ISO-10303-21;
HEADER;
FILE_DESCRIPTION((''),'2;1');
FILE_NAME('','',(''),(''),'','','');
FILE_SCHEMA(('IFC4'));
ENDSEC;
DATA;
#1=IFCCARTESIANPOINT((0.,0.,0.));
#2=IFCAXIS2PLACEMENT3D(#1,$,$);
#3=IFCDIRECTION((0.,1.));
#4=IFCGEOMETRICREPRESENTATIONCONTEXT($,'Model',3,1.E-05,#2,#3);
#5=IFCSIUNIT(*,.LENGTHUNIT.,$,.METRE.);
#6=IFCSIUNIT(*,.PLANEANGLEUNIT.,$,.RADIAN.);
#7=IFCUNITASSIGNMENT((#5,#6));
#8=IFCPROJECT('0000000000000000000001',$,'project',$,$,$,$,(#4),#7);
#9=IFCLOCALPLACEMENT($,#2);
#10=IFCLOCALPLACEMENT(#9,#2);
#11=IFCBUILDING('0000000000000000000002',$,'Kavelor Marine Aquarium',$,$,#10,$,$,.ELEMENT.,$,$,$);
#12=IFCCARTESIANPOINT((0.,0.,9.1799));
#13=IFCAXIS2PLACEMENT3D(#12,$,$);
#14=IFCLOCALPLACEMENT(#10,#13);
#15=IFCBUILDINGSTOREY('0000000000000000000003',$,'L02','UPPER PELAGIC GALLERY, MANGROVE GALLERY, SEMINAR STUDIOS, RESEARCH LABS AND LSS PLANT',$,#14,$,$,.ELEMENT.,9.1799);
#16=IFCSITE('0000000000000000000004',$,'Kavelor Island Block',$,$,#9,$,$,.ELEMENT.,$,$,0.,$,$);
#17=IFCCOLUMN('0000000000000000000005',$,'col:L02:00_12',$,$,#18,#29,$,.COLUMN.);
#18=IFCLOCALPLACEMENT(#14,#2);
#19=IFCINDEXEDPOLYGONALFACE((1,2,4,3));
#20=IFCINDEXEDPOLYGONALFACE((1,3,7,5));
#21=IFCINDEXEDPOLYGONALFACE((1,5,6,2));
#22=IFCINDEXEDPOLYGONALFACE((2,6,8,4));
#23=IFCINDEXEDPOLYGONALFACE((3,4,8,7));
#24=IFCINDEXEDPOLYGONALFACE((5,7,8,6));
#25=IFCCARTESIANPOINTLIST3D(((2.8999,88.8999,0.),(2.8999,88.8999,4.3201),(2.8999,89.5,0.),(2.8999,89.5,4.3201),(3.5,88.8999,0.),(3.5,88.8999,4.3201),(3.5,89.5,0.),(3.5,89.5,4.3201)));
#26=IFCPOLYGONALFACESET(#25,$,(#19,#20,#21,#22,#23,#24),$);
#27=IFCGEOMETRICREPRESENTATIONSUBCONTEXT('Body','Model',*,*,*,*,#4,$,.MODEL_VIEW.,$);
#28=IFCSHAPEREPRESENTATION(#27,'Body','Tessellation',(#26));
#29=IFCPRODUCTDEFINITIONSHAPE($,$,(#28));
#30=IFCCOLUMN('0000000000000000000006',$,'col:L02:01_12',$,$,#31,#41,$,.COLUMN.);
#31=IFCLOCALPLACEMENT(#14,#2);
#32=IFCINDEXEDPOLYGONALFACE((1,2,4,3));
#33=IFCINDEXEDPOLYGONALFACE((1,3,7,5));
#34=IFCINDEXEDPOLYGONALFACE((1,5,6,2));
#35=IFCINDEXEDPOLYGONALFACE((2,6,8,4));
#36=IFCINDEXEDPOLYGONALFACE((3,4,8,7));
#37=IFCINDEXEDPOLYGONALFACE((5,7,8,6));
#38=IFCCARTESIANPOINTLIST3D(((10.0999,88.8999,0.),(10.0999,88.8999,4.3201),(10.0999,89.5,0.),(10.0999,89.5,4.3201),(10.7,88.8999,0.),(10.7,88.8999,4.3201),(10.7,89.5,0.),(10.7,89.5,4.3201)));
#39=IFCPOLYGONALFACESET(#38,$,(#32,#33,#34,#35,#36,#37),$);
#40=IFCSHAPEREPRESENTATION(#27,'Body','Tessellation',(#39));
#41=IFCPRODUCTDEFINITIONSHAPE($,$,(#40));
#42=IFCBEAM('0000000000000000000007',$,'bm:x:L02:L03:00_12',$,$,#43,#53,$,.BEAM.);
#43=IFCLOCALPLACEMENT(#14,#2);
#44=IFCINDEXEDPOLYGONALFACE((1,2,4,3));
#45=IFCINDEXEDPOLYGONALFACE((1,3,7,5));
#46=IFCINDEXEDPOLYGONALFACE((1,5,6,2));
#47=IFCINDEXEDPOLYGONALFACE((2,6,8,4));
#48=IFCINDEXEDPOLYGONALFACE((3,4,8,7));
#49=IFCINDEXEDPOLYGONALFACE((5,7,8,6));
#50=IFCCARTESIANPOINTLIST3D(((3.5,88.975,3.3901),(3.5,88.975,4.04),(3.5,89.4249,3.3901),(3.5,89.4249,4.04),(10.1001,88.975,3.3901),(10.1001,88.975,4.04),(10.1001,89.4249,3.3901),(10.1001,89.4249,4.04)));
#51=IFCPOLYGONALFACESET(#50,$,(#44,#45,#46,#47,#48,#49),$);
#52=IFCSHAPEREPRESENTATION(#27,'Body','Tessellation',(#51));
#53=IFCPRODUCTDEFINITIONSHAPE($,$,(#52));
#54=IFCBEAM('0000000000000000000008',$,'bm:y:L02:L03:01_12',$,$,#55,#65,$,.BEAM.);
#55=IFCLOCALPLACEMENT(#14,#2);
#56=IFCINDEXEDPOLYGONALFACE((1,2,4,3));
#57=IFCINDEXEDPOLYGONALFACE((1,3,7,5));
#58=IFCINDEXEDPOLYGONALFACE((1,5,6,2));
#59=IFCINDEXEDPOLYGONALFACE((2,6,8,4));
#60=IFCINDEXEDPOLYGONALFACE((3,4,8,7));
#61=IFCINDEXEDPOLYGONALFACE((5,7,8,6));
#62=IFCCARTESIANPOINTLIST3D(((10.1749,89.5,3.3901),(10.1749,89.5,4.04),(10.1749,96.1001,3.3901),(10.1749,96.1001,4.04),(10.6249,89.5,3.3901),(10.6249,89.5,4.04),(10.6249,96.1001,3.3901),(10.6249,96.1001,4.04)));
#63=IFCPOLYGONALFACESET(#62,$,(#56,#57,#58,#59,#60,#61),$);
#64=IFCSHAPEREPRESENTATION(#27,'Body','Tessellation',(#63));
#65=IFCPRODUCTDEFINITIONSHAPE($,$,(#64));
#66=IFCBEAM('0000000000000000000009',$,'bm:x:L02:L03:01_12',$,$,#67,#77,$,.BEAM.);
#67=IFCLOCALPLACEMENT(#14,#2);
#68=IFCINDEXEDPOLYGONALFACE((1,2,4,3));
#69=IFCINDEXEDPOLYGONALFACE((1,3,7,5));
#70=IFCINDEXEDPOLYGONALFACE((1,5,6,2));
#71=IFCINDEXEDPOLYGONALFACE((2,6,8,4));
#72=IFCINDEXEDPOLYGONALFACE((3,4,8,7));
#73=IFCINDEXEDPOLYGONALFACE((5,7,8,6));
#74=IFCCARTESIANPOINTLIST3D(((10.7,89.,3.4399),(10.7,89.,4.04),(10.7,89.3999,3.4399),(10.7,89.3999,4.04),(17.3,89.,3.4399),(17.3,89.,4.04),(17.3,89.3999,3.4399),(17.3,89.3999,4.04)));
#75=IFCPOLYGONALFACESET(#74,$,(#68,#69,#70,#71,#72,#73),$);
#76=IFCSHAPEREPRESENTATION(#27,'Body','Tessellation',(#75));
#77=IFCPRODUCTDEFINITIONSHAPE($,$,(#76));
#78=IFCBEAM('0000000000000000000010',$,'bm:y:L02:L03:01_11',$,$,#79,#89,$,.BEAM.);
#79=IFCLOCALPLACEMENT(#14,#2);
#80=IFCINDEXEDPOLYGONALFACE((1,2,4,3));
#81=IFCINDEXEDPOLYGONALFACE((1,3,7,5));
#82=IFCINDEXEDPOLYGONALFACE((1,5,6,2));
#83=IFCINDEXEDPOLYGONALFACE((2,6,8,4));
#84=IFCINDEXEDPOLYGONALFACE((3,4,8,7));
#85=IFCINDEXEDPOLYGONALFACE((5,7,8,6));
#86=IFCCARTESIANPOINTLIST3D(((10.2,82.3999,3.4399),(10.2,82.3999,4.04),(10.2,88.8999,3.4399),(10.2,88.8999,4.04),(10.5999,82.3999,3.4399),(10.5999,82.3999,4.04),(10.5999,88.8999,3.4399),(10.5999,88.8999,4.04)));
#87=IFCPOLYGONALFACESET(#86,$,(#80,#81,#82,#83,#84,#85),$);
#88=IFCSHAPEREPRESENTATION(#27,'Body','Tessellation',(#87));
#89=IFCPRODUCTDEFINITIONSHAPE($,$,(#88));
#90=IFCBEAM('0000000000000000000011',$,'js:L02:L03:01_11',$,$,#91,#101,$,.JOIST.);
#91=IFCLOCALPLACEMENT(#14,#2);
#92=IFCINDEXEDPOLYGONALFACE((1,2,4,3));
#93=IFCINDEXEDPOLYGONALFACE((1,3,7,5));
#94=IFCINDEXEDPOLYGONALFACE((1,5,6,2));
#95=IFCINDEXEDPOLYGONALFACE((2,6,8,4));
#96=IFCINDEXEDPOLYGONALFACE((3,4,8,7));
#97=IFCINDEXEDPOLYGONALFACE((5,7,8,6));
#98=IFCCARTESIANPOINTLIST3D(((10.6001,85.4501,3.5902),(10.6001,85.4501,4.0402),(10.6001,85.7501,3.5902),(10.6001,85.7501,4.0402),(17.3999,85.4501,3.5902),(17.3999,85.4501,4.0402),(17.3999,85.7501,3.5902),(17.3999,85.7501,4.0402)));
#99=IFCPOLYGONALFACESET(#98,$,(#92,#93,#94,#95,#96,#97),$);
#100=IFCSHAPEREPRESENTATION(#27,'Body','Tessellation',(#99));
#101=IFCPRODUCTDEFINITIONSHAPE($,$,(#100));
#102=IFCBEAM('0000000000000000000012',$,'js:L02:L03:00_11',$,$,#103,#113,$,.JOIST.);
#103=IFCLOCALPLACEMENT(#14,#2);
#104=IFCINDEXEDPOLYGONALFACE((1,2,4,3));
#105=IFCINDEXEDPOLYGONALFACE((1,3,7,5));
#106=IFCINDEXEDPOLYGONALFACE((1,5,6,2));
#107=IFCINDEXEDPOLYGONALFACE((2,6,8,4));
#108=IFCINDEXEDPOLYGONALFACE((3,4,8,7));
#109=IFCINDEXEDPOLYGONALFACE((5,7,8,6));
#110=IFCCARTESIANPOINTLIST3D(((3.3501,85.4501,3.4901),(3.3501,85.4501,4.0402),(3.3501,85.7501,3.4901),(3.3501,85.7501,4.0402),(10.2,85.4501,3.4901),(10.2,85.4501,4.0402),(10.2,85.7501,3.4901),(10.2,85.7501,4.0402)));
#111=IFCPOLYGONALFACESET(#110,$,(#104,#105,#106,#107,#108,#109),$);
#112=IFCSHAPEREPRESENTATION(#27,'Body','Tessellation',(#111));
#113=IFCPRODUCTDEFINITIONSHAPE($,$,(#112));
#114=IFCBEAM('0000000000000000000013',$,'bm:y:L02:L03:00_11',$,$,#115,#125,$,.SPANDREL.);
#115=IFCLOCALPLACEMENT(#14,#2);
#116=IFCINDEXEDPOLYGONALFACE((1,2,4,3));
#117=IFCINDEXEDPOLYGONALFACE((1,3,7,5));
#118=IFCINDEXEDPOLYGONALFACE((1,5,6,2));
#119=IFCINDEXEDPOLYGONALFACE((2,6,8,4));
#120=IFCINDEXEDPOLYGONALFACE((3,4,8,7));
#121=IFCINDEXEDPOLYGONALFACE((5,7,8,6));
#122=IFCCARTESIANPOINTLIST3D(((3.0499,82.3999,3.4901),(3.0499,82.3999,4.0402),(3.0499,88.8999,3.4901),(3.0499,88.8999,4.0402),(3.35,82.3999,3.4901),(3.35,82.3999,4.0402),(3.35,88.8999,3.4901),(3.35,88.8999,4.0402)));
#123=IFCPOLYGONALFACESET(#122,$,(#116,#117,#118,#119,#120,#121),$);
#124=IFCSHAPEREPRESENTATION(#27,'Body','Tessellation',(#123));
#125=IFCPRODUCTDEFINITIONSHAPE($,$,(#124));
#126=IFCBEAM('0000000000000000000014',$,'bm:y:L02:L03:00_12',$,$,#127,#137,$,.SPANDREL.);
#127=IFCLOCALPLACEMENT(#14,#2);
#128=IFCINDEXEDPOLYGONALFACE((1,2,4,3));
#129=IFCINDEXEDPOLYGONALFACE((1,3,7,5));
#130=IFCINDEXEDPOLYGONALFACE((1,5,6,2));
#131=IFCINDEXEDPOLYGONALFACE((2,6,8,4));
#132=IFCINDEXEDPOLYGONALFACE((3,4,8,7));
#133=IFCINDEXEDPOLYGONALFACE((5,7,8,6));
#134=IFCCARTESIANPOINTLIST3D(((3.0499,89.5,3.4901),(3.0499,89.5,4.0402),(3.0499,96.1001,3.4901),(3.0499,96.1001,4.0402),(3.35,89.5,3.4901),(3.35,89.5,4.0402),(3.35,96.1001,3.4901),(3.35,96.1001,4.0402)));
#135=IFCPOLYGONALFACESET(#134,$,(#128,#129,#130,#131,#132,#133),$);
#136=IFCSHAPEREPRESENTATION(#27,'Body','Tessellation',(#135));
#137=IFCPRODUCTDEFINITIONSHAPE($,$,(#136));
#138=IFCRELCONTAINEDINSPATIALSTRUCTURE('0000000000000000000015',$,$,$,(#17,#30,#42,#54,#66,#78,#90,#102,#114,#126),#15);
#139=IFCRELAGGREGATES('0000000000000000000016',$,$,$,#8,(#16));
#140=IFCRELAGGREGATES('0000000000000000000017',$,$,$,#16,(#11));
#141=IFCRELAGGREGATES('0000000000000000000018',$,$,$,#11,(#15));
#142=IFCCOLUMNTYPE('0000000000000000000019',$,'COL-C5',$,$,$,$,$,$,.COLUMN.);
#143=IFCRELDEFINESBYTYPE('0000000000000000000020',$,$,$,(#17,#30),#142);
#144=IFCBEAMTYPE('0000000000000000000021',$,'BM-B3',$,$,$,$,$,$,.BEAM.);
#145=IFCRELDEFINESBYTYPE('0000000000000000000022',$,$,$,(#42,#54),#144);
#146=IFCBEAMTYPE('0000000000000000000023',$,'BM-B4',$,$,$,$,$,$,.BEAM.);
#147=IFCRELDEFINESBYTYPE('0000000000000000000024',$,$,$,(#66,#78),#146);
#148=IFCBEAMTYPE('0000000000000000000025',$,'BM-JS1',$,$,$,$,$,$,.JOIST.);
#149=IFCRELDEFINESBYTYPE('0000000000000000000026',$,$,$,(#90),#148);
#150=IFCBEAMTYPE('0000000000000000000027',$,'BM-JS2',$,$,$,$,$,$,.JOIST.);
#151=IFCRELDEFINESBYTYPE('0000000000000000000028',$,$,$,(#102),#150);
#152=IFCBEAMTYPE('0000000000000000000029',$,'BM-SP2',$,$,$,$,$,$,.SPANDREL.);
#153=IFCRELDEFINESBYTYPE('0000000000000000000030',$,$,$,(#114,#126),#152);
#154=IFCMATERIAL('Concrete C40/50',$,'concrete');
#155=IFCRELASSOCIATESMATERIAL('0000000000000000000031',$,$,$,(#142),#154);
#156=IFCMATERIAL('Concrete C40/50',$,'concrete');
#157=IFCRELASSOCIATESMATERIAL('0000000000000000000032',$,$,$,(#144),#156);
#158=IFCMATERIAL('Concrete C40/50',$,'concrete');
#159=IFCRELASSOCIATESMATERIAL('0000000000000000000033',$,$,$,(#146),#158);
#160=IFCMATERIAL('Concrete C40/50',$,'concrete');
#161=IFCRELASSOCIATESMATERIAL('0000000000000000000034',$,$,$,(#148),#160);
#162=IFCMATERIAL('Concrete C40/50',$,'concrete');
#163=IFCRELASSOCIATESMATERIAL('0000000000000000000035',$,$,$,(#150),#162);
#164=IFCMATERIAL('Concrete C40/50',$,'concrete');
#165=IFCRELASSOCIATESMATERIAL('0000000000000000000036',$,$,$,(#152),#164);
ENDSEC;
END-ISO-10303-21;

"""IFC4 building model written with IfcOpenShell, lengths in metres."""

from ifc_helpers import new_model, si_unit, direction, frame, origin, origin_2d, place, context, subcontext, project, spatial, rectangle, extrude, material, material_profile, profile_set, type_object, element, save


model = new_model("IFC4")

# Units and contexts
model_context = context("Model", 3, precision=1e-05, world=origin(), true_north=direction((0.0, 1.0)))
body_context = subcontext(model_context, "Body", "Model", "MODEL_VIEW")
ifc_project = project(units=[si_unit("LENGTHUNIT", "METRE"), si_unit("PLANEANGLEUNIT", "RADIAN")], contexts=[model_context])

# Site, building, storey
site_placement = place(None, origin())
site = spatial("IfcSite", under=ifc_project, at=site_placement, Name="Kavelor Island Block", CompositionType="ELEMENT", RefElevation=0.0)
building_placement = place(site_placement, origin())
building = spatial("IfcBuilding", under=site, at=building_placement, Name="Kavelor Marine Aquarium", CompositionType="ELEMENT")
storey_placement = place(building_placement, frame((0.0, 0.0, 9.1799)))
storey = spatial("IfcBuildingStorey", under=building, at=storey_placement, Name="L02", Description="UPPER PELAGIC GALLERY, MANGROVE GALLERY, SEMINAR STUDIOS, RESEARCH LABS AND LSS PLANT", CompositionType="ELEMENT", Elevation=9.1799)

# Columns
ifc_material_1 = material(Name="Concrete C40/50", Category="concrete")
ifc_material_profile_1 = material_profile(ifc_material_1, rectangle(XDim=0.6001, YDim=0.6001, at=origin_2d()), Name="RC-COL 600x600")
ifc_profile_set_1 = profile_set([ifc_material_profile_1], Name="Concrete C40/50")
column_type = type_object("IfcColumnType", Name="COL-C5", PredefinedType="COLUMN", material=ifc_profile_set_1)
for number, where, z_axis, x_axis, name in (
    (1, (3.2, 89.2, 0.0), (0.0, 0.0, 1.0), (1.0, 0.0, 0.0), "col:L02:00_12"),
    (2, (10.3999, 89.2, 0.0), (0.0, 0.0, 1.0), (1.0, 0.0, 0.0), "col:L02:01_12"),
):
    element("IfcColumn", number, at=place(storey_placement, frame(where, z_axis=z_axis, x_axis=x_axis)), inside=storey, type_object=column_type, Name=name, PredefinedType="COLUMN", context=body_context, shape_type="SweptSolid", body=[
        extrude(rectangle(XDim=0.6001, YDim=0.6001, at=origin_2d()), origin(), (0.0, 0.0, 1.0), 4.3201),
    ])

# Beams
ifc_material_2 = material(Name="Concrete C40/50", Category="concrete")
ifc_material_profile_2 = material_profile(ifc_material_2, rectangle(XDim=0.45, YDim=0.6499, at=origin_2d()), Name="RC-BM 450x650")
ifc_profile_set_2 = profile_set([ifc_material_profile_2], Name="Concrete C40/50")
beam_type_1 = type_object("IfcBeamType", Name="BM-B3", PredefinedType="BEAM", material=ifc_profile_set_2)
for number, where, z_axis, x_axis, name in (
    (3, (3.5, 89.2, 3.7151), (1.0, 0.0, 0.0), (0.0, 1.0, 0.0), "bm:x:L02:L03:00_12"),
    (4, (10.3999, 89.5, 3.7151), (0.0, 1.0, 0.0), (-1.0, 0.0, 0.0), "bm:y:L02:L03:01_12"),
):
    element("IfcBeam", number, at=place(storey_placement, frame(where, z_axis=z_axis, x_axis=x_axis)), inside=storey, type_object=beam_type_1, Name=name, PredefinedType="BEAM", context=body_context, shape_type="SweptSolid", body=[
        extrude(rectangle(XDim=0.45, YDim=0.6499, at=origin_2d()), origin(), (0.0, 0.0, 1.0), 6.6001),
    ])
ifc_material_3 = material(Name="Concrete C40/50", Category="concrete")
ifc_material_profile_3 = material_profile(ifc_material_3, rectangle(XDim=0.3999, YDim=0.6001, at=origin_2d()), Name="RC-BM 400x600")
ifc_profile_set_3 = profile_set([ifc_material_profile_3], Name="Concrete C40/50")
beam_type_2 = type_object("IfcBeamType", Name="BM-B4", PredefinedType="BEAM", material=ifc_profile_set_3)
beam_1_placement = place(storey_placement, frame((10.7, 89.2, 3.74), z_axis=(1.0, 0.0, 0.0), x_axis=(0.0, 1.0, 0.0)))
element("IfcBeam", 5, at=beam_1_placement, inside=storey, type_object=beam_type_2, Name="bm:x:L02:L03:01_12", PredefinedType="BEAM", context=body_context, shape_type="SweptSolid", body=[
    extrude(rectangle(XDim=0.3999, YDim=0.6001, at=origin_2d()), origin(), (0.0, 0.0, 1.0), 6.6001),
])
beam_2_placement = place(storey_placement, frame((10.3999, 82.3999, 3.74), z_axis=(0.0, 1.0, 0.0), x_axis=(-1.0, 0.0, 0.0)))
element("IfcBeam", 6, at=beam_2_placement, inside=storey, type_object=beam_type_2, Name="bm:y:L02:L03:01_11", PredefinedType="BEAM", context=body_context, shape_type="SweptSolid", body=[
    extrude(rectangle(XDim=0.3999, YDim=0.6001, at=origin_2d()), origin(), (0.0, 0.0, 1.0), 6.5),
])
ifc_material_4 = material(Name="Concrete C40/50", Category="concrete")
ifc_material_profile_4 = material_profile(ifc_material_4, rectangle(XDim=0.3, YDim=0.45, at=origin_2d()), Name="RC-JS 300x450")
ifc_profile_set_4 = profile_set([ifc_material_profile_4], Name="Concrete C40/50")
beam_type_3 = type_object("IfcBeamType", Name="BM-JS1", PredefinedType="JOIST", material=ifc_profile_set_4)
beam_3_placement = place(storey_placement, frame((10.6001, 85.6001, 3.8152), z_axis=(1.0, 0.0, 0.0), x_axis=(0.0, 1.0, 0.0)))
element("IfcBeam", 7, at=beam_3_placement, inside=storey, type_object=beam_type_3, Name="js:L02:L03:01_11", PredefinedType="JOIST", context=body_context, shape_type="SweptSolid", body=[
    extrude(rectangle(XDim=0.3, YDim=0.45, at=origin_2d()), origin(), (0.0, 0.0, 1.0), 6.7998),
])
ifc_material_5 = material(Name="Concrete C40/50", Category="concrete")
ifc_material_profile_5 = material_profile(ifc_material_5, rectangle(XDim=0.3, YDim=0.55, at=origin_2d()), Name="RC-JS 300x550")
ifc_profile_set_5 = profile_set([ifc_material_profile_5], Name="Concrete C40/50")
beam_type_4 = type_object("IfcBeamType", Name="BM-JS2", PredefinedType="JOIST", material=ifc_profile_set_5)
beam_4_placement = place(storey_placement, frame((3.3501, 85.6001, 3.7651), z_axis=(1.0, 0.0, 0.0), x_axis=(0.0, 1.0, 0.0)))
element("IfcBeam", 8, at=beam_4_placement, inside=storey, type_object=beam_type_4, Name="js:L02:L03:00_11", PredefinedType="JOIST", context=body_context, shape_type="SweptSolid", body=[
    extrude(rectangle(XDim=0.3, YDim=0.55, at=origin_2d()), origin(), (0.0, 0.0, 1.0), 6.8499),
])
ifc_material_6 = material(Name="Concrete C40/50", Category="concrete")
ifc_material_profile_6 = material_profile(ifc_material_6, rectangle(XDim=0.3, YDim=0.55, at=origin_2d()), Name="RC-SP 300x550")
ifc_profile_set_6 = profile_set([ifc_material_profile_6], Name="Concrete C40/50")
beam_type_5 = type_object("IfcBeamType", Name="BM-SP2", PredefinedType="SPANDREL", material=ifc_profile_set_6)
beam_5_placement = place(storey_placement, frame((3.2, 82.3999, 3.7651), z_axis=(0.0, 1.0, 0.0), x_axis=(-1.0, 0.0, 0.0)))
element("IfcBeam", 9, at=beam_5_placement, inside=storey, type_object=beam_type_5, Name="bm:y:L02:L03:00_11", PredefinedType="SPANDREL", context=body_context, shape_type="SweptSolid", body=[
    extrude(rectangle(XDim=0.3, YDim=0.55, at=origin_2d()), origin(), (0.0, 0.0, 1.0), 6.5),
])
beam_6_placement = place(storey_placement, frame((3.2, 89.5, 3.7651), z_axis=(0.0, 1.0, 0.0), x_axis=(-1.0, 0.0, 0.0)))
element("IfcBeam", 10, at=beam_6_placement, inside=storey, type_object=beam_type_5, Name="bm:y:L02:L03:00_12", PredefinedType="SPANDREL", context=body_context, shape_type="SweptSolid", body=[
    extrude(rectangle(XDim=0.3, YDim=0.55, at=origin_2d()), origin(), (0.0, 0.0, 1.0), 6.6001),
])

save(model, "model.ifc")
